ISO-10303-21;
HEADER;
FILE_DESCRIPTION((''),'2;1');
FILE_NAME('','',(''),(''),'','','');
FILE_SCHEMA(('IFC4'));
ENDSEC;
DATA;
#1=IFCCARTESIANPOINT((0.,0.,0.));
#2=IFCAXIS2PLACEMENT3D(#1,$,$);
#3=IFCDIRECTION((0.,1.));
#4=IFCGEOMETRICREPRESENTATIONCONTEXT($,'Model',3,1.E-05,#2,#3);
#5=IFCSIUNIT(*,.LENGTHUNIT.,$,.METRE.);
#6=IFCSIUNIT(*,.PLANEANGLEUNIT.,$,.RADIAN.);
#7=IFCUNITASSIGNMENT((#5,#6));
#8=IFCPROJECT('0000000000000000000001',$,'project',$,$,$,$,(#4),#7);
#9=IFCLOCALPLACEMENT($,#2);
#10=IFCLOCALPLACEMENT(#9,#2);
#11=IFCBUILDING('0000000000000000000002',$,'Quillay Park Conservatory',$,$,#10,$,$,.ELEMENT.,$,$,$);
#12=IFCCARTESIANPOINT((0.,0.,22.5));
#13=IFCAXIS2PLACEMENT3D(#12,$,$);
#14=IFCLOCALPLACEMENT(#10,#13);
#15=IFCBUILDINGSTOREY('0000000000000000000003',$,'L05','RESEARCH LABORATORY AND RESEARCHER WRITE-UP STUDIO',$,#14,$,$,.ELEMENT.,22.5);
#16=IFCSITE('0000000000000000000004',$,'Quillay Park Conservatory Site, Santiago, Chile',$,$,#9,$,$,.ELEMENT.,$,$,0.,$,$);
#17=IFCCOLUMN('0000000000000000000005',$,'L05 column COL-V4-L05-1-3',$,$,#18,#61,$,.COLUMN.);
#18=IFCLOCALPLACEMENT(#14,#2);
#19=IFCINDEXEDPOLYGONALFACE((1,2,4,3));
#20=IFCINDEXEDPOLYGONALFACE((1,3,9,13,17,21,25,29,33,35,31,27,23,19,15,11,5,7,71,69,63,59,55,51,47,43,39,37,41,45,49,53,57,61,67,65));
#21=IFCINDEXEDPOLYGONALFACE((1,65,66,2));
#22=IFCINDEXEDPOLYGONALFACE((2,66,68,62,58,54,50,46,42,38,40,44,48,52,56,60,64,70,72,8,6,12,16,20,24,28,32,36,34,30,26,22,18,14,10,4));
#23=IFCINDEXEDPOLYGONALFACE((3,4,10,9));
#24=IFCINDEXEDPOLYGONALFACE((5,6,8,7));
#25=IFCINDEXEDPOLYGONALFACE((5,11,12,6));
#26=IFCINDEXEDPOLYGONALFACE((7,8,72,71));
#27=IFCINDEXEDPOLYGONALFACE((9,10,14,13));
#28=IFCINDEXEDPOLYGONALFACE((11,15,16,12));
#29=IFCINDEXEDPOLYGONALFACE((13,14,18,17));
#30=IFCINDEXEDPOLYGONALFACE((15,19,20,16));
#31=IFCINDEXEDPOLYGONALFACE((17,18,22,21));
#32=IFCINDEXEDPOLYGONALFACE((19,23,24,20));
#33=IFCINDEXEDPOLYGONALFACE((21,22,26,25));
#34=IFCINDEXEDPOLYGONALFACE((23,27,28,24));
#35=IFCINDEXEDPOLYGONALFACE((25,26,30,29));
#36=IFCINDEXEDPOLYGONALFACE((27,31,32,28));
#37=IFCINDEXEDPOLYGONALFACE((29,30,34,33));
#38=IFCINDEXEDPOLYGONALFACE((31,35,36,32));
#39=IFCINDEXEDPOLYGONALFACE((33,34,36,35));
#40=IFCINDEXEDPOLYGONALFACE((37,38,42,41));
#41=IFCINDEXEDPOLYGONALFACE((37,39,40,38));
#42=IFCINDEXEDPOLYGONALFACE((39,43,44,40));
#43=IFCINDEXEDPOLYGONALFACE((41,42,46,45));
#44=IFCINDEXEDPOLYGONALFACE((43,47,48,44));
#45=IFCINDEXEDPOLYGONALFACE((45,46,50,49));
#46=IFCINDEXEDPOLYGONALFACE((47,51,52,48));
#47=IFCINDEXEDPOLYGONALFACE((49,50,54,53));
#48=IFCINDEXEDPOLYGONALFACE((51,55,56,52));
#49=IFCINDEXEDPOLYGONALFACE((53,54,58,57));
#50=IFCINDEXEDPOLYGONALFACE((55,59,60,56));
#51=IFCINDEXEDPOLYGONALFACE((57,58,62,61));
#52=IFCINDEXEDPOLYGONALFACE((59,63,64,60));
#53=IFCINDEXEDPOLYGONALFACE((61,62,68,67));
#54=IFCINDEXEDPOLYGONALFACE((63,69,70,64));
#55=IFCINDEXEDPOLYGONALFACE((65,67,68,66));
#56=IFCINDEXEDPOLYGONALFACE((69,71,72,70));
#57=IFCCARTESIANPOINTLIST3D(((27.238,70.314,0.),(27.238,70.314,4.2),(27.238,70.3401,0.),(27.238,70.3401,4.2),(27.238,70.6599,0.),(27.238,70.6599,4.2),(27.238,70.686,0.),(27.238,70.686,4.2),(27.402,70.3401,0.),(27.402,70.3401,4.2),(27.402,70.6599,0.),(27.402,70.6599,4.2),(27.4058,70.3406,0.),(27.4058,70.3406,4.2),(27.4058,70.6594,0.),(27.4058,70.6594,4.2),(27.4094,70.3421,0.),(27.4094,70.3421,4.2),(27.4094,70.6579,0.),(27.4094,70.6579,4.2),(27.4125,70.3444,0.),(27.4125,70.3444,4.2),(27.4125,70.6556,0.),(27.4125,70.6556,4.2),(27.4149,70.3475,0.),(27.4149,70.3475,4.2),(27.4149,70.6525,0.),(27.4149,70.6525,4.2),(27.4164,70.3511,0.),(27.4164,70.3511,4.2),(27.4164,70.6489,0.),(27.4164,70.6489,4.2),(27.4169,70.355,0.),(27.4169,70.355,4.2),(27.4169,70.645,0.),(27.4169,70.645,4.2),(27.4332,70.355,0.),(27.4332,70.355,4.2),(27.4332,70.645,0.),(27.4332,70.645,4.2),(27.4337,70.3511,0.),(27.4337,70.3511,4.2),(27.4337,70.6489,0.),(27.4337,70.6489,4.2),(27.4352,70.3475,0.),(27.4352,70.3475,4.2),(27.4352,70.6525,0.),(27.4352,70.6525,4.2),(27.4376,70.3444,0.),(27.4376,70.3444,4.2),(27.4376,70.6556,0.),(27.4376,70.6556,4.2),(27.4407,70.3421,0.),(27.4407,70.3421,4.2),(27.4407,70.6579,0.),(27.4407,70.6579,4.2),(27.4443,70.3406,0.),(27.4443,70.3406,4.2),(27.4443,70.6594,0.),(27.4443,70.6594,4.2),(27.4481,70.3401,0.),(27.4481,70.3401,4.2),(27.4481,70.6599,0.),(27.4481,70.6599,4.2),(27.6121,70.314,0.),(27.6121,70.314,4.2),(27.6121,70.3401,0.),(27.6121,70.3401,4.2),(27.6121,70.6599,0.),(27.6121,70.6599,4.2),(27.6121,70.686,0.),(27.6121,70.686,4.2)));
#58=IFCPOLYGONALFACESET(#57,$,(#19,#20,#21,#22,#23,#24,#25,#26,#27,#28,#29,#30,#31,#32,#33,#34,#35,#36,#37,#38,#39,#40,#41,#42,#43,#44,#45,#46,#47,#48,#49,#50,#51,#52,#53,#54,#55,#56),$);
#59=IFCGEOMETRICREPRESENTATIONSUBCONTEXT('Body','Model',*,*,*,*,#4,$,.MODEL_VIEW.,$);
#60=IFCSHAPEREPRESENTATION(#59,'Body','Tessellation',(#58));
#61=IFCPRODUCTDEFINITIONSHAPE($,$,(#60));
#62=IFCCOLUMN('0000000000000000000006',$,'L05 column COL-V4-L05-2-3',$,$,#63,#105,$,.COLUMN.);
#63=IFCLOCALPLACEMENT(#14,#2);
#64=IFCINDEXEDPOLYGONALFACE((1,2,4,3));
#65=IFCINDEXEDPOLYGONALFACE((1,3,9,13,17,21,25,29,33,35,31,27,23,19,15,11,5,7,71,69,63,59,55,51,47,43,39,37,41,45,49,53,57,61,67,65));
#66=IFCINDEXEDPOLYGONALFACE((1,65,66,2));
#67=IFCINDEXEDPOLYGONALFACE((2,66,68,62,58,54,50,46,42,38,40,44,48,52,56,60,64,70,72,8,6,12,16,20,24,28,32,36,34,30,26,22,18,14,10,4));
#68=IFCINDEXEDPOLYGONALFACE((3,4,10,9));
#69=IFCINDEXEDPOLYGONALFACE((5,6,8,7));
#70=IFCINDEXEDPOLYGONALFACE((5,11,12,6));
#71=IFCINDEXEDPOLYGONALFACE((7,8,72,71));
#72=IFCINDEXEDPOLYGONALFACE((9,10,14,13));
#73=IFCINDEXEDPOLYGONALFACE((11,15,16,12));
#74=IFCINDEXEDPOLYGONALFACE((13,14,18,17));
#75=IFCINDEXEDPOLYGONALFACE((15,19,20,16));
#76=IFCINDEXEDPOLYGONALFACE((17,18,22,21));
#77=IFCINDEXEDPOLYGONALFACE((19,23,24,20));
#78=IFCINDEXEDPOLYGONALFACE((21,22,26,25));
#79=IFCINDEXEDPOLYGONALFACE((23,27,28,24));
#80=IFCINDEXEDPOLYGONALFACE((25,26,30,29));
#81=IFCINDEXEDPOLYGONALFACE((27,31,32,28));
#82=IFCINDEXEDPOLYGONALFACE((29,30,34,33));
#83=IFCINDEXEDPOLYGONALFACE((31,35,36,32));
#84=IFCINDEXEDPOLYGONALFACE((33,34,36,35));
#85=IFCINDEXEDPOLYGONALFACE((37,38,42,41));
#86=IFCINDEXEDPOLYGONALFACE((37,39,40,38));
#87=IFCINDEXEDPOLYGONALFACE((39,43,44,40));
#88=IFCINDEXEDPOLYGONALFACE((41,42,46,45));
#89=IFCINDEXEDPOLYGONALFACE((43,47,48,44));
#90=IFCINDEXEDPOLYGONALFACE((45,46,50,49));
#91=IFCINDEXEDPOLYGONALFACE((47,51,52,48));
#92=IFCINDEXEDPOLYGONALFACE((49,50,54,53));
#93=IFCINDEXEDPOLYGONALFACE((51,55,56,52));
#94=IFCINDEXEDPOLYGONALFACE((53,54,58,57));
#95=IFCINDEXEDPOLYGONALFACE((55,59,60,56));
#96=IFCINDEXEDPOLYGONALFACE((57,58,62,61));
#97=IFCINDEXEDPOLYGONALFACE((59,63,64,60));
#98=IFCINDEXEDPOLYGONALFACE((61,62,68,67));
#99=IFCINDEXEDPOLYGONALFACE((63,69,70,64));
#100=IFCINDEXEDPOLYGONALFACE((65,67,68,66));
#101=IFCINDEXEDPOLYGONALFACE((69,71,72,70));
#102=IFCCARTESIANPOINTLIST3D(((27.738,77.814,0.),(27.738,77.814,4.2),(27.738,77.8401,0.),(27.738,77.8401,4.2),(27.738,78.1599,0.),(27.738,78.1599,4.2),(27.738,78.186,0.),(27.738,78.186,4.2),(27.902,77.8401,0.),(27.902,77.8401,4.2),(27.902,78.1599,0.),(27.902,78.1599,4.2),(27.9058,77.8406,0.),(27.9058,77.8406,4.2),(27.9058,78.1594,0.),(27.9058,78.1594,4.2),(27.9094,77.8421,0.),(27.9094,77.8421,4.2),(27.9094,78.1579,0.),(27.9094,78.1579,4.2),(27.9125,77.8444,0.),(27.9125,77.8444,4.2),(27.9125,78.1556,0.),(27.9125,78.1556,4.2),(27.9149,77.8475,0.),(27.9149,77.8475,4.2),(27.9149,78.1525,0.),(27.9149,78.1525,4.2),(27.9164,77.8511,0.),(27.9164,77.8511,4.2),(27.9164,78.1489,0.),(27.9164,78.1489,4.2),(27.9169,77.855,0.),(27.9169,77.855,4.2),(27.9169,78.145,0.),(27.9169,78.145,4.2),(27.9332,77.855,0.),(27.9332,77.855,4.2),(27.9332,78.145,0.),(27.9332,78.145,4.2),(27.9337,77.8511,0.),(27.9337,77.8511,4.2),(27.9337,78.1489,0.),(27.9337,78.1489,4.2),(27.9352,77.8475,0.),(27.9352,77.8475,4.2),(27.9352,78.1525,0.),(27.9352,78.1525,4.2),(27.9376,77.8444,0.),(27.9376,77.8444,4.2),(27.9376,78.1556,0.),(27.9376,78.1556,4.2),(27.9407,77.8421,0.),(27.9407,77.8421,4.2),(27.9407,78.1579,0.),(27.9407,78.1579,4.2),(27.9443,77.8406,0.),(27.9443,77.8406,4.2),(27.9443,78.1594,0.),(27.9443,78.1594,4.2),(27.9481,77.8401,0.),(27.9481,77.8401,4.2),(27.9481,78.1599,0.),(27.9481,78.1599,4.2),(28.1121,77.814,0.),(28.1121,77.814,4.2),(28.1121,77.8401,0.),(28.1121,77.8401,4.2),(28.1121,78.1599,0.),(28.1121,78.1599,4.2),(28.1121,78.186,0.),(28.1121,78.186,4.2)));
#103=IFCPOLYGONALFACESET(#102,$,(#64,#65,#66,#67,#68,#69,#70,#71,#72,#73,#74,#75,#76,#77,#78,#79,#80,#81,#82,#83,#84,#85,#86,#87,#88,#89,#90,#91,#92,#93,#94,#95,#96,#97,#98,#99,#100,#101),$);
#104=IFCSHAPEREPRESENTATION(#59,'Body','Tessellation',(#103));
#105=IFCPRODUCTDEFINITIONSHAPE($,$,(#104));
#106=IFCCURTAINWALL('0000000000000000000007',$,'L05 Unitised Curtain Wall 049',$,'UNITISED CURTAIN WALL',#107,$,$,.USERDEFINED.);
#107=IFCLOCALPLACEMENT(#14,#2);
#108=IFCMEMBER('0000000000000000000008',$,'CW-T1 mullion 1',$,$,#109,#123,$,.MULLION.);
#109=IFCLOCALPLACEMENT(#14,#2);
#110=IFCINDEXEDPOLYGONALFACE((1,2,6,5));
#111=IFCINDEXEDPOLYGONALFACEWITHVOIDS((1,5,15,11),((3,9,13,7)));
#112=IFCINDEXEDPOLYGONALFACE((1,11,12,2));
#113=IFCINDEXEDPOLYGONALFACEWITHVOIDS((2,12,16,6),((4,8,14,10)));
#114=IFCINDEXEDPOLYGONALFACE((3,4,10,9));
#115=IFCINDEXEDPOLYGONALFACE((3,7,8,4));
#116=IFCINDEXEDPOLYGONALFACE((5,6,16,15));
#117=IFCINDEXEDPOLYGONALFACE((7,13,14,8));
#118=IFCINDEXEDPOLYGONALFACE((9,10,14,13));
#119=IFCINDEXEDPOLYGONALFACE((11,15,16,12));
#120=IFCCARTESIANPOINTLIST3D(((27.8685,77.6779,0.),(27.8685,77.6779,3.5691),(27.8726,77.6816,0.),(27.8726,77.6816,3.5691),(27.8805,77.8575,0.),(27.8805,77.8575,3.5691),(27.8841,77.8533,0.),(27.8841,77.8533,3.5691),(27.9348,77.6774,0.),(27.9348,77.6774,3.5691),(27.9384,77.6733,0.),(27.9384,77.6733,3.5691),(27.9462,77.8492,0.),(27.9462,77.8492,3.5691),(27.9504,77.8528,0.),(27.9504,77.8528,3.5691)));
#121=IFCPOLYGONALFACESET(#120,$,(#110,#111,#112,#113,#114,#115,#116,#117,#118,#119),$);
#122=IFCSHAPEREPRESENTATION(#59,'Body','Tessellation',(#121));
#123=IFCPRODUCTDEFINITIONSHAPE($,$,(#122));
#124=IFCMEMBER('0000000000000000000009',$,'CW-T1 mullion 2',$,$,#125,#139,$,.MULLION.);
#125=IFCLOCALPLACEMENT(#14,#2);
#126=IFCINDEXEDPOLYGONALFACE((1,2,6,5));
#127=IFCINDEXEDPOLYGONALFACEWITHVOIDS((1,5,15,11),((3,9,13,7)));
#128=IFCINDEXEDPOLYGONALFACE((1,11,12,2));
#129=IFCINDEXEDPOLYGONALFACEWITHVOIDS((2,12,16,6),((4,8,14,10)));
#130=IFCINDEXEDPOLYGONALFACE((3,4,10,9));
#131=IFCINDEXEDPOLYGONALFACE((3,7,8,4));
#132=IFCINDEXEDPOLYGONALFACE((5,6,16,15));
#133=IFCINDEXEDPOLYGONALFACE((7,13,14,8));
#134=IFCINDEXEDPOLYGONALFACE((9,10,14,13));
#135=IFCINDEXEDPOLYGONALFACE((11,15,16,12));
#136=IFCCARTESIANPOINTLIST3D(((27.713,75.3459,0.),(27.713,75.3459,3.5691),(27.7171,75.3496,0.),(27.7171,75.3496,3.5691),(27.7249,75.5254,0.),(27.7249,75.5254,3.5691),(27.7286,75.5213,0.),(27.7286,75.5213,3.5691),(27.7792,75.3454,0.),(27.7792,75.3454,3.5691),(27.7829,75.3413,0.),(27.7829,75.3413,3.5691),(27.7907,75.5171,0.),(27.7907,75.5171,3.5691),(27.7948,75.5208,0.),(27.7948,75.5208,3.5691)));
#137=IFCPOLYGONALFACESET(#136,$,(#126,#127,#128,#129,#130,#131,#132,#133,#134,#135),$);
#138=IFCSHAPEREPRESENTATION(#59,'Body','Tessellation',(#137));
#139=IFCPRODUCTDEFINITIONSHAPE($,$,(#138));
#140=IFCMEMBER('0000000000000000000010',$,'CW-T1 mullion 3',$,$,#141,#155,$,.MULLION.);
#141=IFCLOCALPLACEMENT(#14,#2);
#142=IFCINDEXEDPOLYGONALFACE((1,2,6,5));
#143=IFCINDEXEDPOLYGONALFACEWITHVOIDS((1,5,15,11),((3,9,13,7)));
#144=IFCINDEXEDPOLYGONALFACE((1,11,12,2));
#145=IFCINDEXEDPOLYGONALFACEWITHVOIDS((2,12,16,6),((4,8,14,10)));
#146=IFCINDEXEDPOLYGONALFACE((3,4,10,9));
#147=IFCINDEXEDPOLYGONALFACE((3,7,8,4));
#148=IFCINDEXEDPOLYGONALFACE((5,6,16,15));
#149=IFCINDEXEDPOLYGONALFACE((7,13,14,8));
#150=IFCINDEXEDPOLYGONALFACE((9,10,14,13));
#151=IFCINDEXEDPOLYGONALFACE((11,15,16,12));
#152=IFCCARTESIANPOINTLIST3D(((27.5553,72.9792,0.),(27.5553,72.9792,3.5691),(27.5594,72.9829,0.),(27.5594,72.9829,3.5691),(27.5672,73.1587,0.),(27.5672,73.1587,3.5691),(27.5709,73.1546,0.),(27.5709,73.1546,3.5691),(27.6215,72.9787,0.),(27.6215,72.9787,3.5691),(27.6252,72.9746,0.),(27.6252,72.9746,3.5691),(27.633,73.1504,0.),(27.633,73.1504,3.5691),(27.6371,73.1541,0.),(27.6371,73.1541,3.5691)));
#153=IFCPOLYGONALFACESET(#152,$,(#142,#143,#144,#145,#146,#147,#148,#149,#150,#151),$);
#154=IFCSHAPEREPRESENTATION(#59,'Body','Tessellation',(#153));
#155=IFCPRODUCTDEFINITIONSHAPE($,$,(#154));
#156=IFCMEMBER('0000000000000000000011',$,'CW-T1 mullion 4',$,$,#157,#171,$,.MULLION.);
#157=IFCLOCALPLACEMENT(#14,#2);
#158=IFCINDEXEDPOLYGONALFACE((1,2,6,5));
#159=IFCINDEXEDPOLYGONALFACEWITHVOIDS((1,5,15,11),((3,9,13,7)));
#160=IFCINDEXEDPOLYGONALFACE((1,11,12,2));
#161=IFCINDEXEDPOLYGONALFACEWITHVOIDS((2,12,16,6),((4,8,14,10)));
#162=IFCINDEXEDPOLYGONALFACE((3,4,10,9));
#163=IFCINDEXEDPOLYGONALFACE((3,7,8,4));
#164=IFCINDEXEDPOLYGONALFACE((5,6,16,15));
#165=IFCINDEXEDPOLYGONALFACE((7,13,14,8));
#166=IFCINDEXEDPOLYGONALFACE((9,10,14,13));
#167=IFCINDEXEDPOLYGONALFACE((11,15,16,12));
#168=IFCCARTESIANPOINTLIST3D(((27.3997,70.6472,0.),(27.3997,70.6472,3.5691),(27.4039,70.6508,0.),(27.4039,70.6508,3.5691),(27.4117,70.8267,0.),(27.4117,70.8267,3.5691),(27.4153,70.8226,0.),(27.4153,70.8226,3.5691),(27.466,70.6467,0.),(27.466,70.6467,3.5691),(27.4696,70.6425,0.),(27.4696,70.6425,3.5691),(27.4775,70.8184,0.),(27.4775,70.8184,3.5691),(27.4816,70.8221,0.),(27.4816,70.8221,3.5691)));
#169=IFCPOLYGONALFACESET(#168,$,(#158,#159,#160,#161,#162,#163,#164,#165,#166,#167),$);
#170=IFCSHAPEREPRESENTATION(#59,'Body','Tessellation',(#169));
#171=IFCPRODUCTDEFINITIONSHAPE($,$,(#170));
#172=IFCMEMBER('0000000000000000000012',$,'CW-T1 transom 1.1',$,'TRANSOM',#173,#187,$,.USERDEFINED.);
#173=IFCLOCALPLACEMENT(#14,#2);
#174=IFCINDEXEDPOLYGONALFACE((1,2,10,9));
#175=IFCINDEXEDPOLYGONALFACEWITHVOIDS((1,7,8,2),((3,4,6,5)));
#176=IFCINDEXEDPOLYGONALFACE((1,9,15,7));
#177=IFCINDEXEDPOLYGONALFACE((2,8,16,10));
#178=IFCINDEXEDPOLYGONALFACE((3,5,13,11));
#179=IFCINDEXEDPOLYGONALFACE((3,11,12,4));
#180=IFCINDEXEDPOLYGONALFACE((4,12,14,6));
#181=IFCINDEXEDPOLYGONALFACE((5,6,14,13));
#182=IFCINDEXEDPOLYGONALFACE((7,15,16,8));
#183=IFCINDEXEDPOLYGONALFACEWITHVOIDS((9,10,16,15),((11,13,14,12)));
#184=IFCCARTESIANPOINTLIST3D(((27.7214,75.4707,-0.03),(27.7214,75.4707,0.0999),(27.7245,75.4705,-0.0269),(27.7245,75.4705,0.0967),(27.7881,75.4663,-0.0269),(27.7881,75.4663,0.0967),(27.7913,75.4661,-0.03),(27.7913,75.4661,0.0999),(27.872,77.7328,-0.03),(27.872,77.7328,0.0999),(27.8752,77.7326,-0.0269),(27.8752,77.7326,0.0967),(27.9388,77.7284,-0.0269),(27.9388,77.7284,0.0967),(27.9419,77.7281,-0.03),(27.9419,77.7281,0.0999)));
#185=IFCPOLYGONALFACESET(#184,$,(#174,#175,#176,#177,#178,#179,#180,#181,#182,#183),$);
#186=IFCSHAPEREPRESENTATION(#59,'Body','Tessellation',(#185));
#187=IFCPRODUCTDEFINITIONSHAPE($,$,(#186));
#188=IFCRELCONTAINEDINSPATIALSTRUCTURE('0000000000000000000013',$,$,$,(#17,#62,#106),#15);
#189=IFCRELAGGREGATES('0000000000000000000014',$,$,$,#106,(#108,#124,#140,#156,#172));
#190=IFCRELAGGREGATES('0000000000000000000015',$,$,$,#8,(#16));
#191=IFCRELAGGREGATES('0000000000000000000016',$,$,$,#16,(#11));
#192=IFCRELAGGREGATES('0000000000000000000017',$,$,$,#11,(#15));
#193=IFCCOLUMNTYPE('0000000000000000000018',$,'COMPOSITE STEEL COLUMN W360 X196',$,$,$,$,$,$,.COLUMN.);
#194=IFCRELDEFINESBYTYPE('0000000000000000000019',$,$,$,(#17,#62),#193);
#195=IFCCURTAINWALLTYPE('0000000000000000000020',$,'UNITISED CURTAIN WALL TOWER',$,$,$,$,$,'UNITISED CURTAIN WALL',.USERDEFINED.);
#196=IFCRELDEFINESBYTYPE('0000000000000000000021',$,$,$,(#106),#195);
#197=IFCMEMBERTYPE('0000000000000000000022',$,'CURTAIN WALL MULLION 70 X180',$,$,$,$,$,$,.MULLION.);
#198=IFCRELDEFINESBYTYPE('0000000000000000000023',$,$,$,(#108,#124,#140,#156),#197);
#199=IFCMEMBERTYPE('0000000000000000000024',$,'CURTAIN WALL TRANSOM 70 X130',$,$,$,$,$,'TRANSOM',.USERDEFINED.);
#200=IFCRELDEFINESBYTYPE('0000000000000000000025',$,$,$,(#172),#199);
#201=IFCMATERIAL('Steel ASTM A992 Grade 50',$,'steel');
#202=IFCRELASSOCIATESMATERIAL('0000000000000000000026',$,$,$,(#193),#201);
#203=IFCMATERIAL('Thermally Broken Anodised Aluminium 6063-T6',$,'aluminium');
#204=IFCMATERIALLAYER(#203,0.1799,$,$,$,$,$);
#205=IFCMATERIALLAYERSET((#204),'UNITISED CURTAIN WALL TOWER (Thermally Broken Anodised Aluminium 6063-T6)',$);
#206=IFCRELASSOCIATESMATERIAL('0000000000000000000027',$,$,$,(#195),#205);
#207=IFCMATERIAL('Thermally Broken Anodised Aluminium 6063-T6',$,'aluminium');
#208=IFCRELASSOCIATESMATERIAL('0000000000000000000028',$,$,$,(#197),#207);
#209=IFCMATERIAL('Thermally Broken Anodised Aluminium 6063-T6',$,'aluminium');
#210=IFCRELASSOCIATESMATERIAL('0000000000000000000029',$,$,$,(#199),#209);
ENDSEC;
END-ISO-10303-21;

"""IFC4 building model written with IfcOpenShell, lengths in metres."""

from ifc_helpers import new_model, si_unit, direction, frame, origin, origin_2d, place, context, subcontext, project, spatial, hollow_rectangle, i_section, extrude, material, layer, layer_set, material_profile, profile_set, type_object, element, aggregate, save


model = new_model("IFC4")

# Units and contexts
model_context = context("Model", 3, precision=1e-05, world=origin(), true_north=direction((0.0, 1.0)))
body_context = subcontext(model_context, "Body", "Model", "MODEL_VIEW")
ifc_project = project(units=[si_unit("LENGTHUNIT", "METRE"), si_unit("PLANEANGLEUNIT", "RADIAN")], contexts=[model_context])

# Site, building, storey
site_placement = place(None, origin())
site = spatial("IfcSite", under=ifc_project, at=site_placement, Name="Quillay Park Conservatory Site, Santiago, Chile", CompositionType="ELEMENT", RefElevation=0.0)
building_placement = place(site_placement, origin())
building = spatial("IfcBuilding", under=site, at=building_placement, Name="Quillay Park Conservatory", CompositionType="ELEMENT")
storey_placement = place(building_placement, frame((0.0, 0.0, 22.5)))
storey = spatial("IfcBuildingStorey", under=building, at=storey_placement, Name="L05", Description="RESEARCH LABORATORY AND RESEARCHER WRITE-UP STUDIO", CompositionType="ELEMENT", Elevation=22.5)

# Columns
ifc_material_1 = material(Name="Steel ASTM A992 Grade 50", Category="steel")
ifc_material_profile_1 = material_profile(ifc_material_1, i_section(OverallWidth=0.374, OverallDepth=0.3721, WebThickness=0.0164, FlangeThickness=0.0261, FilletRadius=0.0149, at=origin_2d()), Name="W360x196")
ifc_profile_set_1 = profile_set([ifc_material_profile_1], Name="Steel ASTM A992 Grade 50")
column_type = type_object("IfcColumnType", Name="COMPOSITE STEEL COLUMN W360 X196", PredefinedType="COLUMN", material=ifc_profile_set_1)
for number, where, z_axis, x_axis, name in (
    (1, (27.425, 70.5, 0.0), (0.0, 0.0, 1.0), (1.0, 0.0, 0.0), "L05 column COL-V4-L05-1-3"),
    (2, (27.925, 78.0, 0.0), (0.0, 0.0, 1.0), (1.0, 0.0, 0.0), "L05 column COL-V4-L05-2-3"),
):
    element("IfcColumn", number, at=place(storey_placement, frame(where, z_axis=z_axis, x_axis=x_axis)), inside=storey, type_object=column_type, Name=name, PredefinedType="COLUMN", context=body_context, shape_type="SweptSolid", body=[
        extrude(i_section(OverallWidth=0.374, OverallDepth=0.3721, WebThickness=0.0164, FlangeThickness=0.0261, FilletRadius=0.0149, at=origin_2d()), origin(), (0.0, 0.0, 1.0), 4.2),
    ])

# Curtain wall, members
ifc_material_2 = material(Name="Thermally Broken Anodised Aluminium 6063-T6", Category="aluminium")
ifc_layer_1 = layer(ifc_material_2, 0.1799)
ifc_layer_set_1 = layer_set([ifc_layer_1], Name="UNITISED CURTAIN WALL TOWER (Thermally Broken Anodised Aluminium 6063-T6)")
curtain_wall_type = type_object("IfcCurtainWallType", Name="UNITISED CURTAIN WALL TOWER", ElementType="UNITISED CURTAIN WALL", PredefinedType="USERDEFINED", material=ifc_layer_set_1)
curtain_wall_placement = place(storey_placement, origin())
curtain_wall = element("IfcCurtainWall", 3, at=curtain_wall_placement, inside=storey, type_object=curtain_wall_type, Name="L05 Unitised Curtain Wall 049", ObjectType="UNITISED CURTAIN WALL", PredefinedType="USERDEFINED")
ifc_material_3 = material(Name="Thermally Broken Anodised Aluminium 6063-T6", Category="aluminium")
ifc_material_profile_2 = material_profile(ifc_material_3, hollow_rectangle(XDim=0.0701, YDim=0.1799, WallThickness=0.0039, at=origin_2d()), Name="AL70x180x4")
ifc_profile_set_2 = profile_set([ifc_material_profile_2], Name="Thermally Broken Anodised Aluminium 6063-T6")
member_type_1 = type_object("IfcMemberType", Name="CURTAIN WALL MULLION 70 X180", PredefinedType="MULLION", material=ifc_profile_set_2)
member_1_placement = place(storey_placement, frame((27.9094, 77.7654, 0.0), z_axis=(0.0, 0.0, 1.0), x_axis=(0.997785, -0.066521, 0.0)))
member_1 = element("IfcMember", 4, at=member_1_placement, type_object=member_type_1, Name="CW-T1 mullion 1", PredefinedType="MULLION", context=body_context, shape_type="SweptSolid", body=[
    extrude(hollow_rectangle(XDim=0.0701, YDim=0.1799, WallThickness=0.0039, at=origin_2d()), origin(), (0.0, 0.0, 1.0), 3.5691),
])
member_2_placement = place(storey_placement, frame((27.7539, 75.4333, 0.0), z_axis=(0.0, 0.0, 1.0), x_axis=(0.997785, -0.066521, 0.0)))
member_2 = element("IfcMember", 5, at=member_2_placement, type_object=member_type_1, Name="CW-T1 mullion 2", PredefinedType="MULLION", context=body_context, shape_type="SweptSolid", body=[
    extrude(hollow_rectangle(XDim=0.0701, YDim=0.1799, WallThickness=0.0039, at=origin_2d()), origin(), (0.0, 0.0, 1.0), 3.5691),
])
member_3_placement = place(storey_placement, frame((27.5962, 73.0667, 0.0), z_axis=(0.0, 0.0, 1.0), x_axis=(0.997785, -0.066521, 0.0)))
member_3 = element("IfcMember", 6, at=member_3_placement, type_object=member_type_1, Name="CW-T1 mullion 3", PredefinedType="MULLION", context=body_context, shape_type="SweptSolid", body=[
    extrude(hollow_rectangle(XDim=0.0701, YDim=0.1799, WallThickness=0.0039, at=origin_2d()), origin(), (0.0, 0.0, 1.0), 3.5691),
])
member_4_placement = place(storey_placement, frame((27.4407, 70.7346, 0.0), z_axis=(0.0, 0.0, 1.0), x_axis=(0.997785, -0.066521, 0.0)))
member_4 = element("IfcMember", 7, at=member_4_placement, type_object=member_type_1, Name="CW-T1 mullion 4", PredefinedType="MULLION", context=body_context, shape_type="SweptSolid", body=[
    extrude(hollow_rectangle(XDim=0.0701, YDim=0.1799, WallThickness=0.0039, at=origin_2d()), origin(), (0.0, 0.0, 1.0), 3.5691),
])
ifc_material_4 = material(Name="Thermally Broken Anodised Aluminium 6063-T6", Category="aluminium")
ifc_material_profile_3 = material_profile(ifc_material_4, hollow_rectangle(XDim=0.0701, YDim=0.1299, WallThickness=0.0032, at=origin_2d()), Name="AL70x130x3.2")
ifc_profile_set_3 = profile_set([ifc_material_profile_3], Name="Thermally Broken Anodised Aluminium 6063-T6")
member_type_2 = type_object("IfcMemberType", Name="CURTAIN WALL TRANSOM 70 X130", ElementType="TRANSOM", PredefinedType="USERDEFINED", material=ifc_profile_set_3)
member_5_placement = place(storey_placement, frame((27.907, 77.7305, 0.0349), z_axis=(-0.066448, -0.99779, 0.0), x_axis=(0.99779, -0.066448, 0.0)))
member_5 = element("IfcMember", 8, at=member_5_placement, type_object=member_type_2, Name="CW-T1 transom 1.1", ObjectType="TRANSOM", PredefinedType="USERDEFINED", context=body_context, shape_type="SweptSolid", body=[
    extrude(hollow_rectangle(XDim=0.0701, YDim=0.1299, WallThickness=0.0032, at=origin_2d()), origin(), (0.0, 0.0, 1.0), 2.2671),
])

aggregate(curtain_wall, [member_1, member_2, member_3, member_4, member_5])

save(model, "model.ifc")
